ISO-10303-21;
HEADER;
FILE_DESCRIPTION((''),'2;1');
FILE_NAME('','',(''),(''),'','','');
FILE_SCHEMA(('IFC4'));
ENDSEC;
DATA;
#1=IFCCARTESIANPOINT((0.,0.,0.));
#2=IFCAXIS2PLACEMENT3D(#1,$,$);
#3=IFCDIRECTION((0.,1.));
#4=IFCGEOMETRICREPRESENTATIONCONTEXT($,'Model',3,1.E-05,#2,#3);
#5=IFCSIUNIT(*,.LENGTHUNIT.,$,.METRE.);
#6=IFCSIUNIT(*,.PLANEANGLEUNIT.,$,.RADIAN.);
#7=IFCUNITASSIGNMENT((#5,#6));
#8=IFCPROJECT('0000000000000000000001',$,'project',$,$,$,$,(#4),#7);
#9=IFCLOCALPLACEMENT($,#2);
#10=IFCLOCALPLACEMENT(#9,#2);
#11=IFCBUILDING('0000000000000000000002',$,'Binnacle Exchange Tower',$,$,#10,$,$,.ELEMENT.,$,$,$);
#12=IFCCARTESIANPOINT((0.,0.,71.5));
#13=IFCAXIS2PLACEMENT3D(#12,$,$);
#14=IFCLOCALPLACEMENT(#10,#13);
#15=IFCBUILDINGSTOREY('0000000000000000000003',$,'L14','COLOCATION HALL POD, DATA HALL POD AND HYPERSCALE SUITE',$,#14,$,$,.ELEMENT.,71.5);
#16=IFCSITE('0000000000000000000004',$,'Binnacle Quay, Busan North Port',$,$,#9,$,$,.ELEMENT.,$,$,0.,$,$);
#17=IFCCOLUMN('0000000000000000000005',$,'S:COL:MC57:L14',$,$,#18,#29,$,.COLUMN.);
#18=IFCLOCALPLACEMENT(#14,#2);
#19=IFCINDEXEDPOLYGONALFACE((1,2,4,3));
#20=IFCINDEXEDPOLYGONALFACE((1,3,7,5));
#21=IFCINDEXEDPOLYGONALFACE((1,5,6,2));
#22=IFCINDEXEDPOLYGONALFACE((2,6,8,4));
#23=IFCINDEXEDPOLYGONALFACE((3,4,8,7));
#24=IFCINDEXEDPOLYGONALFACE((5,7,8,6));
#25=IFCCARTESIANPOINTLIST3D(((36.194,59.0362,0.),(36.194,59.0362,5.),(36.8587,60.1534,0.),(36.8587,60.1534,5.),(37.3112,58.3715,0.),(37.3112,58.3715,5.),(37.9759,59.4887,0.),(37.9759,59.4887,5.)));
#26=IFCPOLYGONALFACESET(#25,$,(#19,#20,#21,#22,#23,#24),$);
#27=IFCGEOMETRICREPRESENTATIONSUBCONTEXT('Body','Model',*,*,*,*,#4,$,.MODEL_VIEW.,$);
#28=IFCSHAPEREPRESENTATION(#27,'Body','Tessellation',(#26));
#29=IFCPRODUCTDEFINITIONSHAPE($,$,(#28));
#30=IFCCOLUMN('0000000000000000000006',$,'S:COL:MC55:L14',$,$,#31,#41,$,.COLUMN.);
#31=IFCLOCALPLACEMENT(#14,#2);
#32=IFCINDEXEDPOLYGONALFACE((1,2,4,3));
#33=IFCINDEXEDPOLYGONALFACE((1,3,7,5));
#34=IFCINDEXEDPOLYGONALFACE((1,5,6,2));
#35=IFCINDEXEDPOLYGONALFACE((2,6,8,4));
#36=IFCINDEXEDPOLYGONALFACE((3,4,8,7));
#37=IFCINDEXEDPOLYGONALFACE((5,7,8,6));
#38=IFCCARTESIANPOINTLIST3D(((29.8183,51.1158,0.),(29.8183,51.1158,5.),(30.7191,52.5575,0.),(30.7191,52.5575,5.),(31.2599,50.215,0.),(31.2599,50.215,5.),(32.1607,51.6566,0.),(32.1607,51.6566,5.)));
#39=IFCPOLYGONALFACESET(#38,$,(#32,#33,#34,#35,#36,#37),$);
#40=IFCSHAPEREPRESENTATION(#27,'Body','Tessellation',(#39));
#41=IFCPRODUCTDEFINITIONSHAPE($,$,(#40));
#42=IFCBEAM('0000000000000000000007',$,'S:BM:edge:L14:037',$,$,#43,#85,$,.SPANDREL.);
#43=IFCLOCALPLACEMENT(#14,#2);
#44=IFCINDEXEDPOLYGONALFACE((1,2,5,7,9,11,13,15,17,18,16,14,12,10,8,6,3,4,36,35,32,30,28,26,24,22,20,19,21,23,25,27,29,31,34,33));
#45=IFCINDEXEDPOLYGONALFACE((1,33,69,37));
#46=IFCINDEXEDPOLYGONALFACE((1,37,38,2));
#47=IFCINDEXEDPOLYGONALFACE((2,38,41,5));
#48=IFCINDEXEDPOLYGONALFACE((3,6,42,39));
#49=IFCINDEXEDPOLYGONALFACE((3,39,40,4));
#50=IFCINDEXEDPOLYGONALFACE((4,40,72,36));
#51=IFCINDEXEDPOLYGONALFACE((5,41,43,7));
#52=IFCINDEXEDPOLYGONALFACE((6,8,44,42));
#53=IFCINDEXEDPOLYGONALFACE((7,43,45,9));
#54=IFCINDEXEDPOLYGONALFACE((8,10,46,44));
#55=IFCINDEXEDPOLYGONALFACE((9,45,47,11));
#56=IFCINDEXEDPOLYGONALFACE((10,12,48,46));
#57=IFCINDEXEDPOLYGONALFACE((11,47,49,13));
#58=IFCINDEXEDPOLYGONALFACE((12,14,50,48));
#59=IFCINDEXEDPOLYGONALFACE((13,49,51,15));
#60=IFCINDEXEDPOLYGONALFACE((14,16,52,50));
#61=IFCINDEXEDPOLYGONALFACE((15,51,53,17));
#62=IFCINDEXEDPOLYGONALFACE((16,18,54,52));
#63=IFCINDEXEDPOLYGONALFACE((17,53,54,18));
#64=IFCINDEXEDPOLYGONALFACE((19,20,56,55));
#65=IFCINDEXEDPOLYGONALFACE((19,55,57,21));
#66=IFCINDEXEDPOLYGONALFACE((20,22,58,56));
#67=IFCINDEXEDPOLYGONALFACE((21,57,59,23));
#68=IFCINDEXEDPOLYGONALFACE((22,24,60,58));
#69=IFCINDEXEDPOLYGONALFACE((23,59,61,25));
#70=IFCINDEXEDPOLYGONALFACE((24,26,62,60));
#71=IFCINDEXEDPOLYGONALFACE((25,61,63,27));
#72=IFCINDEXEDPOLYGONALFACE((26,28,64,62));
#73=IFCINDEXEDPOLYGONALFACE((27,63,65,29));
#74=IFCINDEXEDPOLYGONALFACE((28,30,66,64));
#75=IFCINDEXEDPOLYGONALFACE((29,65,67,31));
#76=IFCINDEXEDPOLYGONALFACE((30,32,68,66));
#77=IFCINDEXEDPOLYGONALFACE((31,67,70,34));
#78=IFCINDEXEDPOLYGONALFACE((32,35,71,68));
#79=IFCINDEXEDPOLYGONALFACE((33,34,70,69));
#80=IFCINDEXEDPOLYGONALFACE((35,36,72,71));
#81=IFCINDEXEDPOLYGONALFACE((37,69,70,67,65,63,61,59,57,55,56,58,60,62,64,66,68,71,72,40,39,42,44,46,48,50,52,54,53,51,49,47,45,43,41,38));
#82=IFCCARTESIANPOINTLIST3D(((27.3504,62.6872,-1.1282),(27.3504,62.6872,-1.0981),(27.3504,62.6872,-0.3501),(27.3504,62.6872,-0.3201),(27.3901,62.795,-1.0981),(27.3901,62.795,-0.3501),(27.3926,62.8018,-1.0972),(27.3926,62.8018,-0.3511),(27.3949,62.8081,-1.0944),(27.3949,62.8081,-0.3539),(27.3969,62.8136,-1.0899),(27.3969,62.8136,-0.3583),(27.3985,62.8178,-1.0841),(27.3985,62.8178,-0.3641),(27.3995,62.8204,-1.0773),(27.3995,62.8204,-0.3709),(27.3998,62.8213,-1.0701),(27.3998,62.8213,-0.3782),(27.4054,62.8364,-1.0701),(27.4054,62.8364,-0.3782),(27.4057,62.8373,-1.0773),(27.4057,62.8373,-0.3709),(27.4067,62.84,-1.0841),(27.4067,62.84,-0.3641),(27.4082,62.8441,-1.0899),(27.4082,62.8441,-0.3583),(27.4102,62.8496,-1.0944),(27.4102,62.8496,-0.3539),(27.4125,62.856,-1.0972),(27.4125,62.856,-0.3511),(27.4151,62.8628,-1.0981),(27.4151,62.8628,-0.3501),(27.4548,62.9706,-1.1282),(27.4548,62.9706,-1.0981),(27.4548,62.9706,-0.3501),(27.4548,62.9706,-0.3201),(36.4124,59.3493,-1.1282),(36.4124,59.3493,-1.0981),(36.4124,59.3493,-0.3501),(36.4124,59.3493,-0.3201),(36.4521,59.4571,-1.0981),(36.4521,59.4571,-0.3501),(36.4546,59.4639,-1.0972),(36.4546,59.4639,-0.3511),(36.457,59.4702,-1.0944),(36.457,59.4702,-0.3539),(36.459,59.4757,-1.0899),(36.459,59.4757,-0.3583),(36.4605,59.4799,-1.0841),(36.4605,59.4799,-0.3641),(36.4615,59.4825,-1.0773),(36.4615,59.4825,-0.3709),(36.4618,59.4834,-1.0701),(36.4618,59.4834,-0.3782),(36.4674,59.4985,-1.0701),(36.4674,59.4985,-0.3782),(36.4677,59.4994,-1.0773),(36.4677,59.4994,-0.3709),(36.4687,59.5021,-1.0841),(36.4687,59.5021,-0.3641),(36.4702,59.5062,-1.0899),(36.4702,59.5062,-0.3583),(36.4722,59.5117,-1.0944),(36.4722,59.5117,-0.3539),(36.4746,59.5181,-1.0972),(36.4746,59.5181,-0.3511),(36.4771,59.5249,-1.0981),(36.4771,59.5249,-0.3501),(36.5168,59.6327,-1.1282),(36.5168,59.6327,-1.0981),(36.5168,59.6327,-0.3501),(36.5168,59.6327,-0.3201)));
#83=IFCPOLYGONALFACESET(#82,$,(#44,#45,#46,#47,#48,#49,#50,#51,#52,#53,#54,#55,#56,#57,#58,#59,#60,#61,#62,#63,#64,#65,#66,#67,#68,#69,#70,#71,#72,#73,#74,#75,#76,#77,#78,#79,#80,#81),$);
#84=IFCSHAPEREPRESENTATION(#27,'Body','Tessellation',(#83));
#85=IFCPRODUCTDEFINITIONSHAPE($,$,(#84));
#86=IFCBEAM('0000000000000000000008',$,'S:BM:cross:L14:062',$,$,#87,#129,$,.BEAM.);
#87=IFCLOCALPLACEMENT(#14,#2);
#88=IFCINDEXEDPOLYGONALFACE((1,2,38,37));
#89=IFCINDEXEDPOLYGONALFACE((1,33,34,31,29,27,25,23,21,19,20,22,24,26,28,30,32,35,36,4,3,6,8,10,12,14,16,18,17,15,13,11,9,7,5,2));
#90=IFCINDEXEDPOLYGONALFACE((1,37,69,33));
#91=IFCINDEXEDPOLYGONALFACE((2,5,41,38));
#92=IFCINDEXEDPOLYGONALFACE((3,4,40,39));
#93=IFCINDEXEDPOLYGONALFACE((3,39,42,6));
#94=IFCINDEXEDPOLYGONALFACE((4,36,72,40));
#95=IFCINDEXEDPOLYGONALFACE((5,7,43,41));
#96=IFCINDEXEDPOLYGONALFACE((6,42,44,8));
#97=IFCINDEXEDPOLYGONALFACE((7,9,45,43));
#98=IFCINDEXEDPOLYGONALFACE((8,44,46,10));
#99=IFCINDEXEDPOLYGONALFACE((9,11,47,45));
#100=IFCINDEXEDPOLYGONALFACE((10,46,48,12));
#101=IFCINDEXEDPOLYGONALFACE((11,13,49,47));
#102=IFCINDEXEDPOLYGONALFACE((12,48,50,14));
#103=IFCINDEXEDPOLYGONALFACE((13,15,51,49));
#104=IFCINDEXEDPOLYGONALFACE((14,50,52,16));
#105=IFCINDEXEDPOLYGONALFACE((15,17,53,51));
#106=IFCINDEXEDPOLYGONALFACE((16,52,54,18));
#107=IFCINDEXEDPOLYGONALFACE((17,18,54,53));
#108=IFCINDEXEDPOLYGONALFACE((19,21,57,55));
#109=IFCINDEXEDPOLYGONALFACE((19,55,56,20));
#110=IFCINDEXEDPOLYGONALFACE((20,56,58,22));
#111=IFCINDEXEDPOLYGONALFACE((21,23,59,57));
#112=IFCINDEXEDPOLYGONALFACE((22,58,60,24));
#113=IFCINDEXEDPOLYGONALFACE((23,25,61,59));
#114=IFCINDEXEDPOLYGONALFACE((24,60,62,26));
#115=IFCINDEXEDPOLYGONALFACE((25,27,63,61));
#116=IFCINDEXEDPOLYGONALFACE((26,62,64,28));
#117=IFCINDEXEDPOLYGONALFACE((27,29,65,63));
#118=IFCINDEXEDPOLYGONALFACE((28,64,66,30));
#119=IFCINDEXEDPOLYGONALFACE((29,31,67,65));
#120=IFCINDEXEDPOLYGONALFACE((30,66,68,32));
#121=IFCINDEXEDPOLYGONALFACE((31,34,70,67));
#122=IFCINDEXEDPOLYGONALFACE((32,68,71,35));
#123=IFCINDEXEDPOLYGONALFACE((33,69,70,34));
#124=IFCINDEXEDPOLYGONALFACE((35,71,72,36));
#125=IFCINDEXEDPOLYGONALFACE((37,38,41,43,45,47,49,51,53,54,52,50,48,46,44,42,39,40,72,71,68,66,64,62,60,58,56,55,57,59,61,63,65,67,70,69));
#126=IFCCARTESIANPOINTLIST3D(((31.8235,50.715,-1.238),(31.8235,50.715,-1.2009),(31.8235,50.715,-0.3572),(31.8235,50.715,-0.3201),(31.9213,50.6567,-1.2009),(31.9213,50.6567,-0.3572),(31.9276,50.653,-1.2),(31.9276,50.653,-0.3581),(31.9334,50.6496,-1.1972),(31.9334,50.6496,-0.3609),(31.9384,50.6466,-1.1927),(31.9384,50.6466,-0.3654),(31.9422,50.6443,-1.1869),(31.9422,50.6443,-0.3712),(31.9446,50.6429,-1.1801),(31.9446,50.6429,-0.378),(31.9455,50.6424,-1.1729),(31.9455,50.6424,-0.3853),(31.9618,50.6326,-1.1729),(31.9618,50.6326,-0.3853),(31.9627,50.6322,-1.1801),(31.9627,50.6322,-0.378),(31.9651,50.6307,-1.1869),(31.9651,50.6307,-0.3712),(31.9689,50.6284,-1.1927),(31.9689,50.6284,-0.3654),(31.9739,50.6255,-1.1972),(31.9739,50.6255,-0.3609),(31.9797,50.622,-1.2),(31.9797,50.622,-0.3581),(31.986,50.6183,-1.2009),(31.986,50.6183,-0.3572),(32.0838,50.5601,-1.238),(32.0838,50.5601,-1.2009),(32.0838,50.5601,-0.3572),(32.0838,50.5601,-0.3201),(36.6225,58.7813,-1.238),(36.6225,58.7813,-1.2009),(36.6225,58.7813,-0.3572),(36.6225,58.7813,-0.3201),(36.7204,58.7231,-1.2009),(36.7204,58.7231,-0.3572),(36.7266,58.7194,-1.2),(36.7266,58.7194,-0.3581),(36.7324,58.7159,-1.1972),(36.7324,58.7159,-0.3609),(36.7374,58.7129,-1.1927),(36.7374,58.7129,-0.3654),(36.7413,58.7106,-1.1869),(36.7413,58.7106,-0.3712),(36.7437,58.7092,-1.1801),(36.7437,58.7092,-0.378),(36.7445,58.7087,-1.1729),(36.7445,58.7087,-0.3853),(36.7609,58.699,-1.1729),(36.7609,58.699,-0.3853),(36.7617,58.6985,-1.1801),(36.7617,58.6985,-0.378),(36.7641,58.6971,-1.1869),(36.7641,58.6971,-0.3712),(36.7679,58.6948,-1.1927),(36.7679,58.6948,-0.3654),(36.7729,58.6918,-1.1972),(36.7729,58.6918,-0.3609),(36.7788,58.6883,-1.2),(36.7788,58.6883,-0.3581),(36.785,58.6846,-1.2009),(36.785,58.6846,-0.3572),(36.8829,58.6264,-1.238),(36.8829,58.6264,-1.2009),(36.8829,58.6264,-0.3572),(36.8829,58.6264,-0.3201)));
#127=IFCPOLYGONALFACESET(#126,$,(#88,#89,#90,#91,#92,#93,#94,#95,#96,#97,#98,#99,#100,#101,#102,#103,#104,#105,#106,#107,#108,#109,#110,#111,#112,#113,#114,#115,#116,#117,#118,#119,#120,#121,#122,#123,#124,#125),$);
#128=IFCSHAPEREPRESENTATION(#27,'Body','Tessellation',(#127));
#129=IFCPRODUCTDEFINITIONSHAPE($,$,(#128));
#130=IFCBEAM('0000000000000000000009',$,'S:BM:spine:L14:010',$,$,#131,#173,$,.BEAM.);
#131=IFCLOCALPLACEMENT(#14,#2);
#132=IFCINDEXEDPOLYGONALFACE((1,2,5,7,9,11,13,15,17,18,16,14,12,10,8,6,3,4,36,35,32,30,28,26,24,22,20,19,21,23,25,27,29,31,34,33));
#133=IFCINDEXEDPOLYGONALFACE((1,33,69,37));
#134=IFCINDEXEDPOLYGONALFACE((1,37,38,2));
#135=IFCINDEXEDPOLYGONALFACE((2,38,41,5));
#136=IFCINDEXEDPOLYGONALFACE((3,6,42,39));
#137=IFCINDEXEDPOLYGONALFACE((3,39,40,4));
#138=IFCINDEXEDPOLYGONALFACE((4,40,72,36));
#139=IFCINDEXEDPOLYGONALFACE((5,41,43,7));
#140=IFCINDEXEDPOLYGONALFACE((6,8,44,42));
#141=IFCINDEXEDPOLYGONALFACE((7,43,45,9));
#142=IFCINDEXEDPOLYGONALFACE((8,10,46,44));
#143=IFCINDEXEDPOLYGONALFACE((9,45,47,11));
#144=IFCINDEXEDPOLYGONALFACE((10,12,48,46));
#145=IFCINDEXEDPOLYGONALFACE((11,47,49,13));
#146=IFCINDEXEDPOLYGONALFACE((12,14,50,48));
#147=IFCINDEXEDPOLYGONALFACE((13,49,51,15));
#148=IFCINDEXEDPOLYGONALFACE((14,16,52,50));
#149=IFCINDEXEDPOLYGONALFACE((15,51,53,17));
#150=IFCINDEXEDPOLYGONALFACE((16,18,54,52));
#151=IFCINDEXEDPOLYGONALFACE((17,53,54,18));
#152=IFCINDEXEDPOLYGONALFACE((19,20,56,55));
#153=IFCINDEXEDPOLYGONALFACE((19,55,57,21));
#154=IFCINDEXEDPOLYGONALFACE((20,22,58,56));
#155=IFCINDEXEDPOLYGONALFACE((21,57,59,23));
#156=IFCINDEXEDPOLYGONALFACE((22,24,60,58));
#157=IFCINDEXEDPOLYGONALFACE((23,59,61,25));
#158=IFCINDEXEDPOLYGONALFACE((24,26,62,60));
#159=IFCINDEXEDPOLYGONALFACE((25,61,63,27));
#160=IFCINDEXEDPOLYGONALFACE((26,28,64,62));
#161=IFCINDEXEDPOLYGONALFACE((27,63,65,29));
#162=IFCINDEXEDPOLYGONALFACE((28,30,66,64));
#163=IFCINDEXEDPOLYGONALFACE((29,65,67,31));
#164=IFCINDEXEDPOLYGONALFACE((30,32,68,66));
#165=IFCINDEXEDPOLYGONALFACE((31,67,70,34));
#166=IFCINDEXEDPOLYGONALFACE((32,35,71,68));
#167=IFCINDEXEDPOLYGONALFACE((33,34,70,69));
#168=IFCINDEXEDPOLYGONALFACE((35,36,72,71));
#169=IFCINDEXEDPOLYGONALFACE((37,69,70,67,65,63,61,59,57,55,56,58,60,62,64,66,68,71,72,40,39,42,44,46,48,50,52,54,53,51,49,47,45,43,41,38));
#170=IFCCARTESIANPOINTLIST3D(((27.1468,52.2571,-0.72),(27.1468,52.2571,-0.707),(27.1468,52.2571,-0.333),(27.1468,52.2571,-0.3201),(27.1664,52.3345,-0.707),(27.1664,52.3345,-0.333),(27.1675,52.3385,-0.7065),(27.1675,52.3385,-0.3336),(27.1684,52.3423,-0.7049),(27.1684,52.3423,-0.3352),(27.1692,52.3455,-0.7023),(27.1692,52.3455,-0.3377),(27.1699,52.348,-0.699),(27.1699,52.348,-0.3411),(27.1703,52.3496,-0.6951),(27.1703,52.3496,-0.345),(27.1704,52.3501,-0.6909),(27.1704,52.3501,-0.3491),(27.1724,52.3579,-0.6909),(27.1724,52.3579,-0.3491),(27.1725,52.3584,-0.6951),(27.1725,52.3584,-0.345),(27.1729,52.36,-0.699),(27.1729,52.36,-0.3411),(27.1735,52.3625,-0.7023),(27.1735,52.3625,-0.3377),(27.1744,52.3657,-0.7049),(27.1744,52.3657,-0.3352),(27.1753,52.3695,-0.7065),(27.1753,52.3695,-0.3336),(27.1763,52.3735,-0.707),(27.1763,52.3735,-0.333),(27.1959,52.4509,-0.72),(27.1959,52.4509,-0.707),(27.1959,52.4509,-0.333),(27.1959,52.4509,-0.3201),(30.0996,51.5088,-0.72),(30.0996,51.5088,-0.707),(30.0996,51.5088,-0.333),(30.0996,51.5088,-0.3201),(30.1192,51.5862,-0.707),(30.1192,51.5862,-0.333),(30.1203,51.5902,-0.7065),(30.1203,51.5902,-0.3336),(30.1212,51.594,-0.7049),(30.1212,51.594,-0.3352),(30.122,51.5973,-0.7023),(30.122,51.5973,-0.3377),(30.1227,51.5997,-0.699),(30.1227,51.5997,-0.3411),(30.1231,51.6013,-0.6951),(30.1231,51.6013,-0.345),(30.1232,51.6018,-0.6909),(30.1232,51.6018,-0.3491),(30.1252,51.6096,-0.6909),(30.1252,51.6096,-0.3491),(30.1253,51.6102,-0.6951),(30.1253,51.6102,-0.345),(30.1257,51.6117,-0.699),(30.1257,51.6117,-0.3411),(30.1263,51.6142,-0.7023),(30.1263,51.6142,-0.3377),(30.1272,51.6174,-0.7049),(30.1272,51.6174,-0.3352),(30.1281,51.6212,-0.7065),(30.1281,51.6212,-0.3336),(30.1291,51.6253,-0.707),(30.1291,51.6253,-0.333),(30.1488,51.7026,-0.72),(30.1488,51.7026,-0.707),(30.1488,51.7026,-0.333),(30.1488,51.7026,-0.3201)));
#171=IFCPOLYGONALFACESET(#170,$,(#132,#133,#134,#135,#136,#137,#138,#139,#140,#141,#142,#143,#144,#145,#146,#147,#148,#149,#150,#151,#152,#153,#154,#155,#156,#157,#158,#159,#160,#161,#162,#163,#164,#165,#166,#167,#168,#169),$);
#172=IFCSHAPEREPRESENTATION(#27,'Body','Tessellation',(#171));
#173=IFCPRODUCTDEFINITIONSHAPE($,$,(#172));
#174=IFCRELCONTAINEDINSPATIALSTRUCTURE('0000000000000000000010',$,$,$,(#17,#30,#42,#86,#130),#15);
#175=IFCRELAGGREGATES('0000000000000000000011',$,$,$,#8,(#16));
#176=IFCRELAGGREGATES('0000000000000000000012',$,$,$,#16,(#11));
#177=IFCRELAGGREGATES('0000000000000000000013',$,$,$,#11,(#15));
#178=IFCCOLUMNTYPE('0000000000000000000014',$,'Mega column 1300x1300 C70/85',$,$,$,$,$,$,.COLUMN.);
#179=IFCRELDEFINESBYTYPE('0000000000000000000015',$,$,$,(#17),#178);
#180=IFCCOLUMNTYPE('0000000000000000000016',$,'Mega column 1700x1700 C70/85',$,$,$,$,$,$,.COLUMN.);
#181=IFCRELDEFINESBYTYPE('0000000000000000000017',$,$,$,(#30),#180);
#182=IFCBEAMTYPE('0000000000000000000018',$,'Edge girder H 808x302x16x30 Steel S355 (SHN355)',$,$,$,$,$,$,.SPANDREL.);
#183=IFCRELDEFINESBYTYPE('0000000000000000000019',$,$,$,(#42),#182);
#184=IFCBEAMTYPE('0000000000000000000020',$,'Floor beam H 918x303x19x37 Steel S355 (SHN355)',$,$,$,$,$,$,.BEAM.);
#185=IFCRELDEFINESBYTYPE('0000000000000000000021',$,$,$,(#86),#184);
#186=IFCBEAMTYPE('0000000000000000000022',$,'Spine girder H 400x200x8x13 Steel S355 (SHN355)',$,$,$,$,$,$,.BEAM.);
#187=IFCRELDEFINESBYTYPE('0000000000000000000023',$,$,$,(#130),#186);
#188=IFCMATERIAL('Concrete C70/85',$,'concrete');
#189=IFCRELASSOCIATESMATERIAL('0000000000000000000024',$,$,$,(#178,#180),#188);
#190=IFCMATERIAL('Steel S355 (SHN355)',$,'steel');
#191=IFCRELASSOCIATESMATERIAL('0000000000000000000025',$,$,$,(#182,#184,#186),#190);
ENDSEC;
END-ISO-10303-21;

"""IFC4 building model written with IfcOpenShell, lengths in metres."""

from ifc_helpers import new_model, si_unit, direction, frame, origin, origin_2d, place, context, subcontext, project, spatial, rectangle, i_section, extrude, material, material_profile, profile_set, type_object, element, save


model = new_model("IFC4")

# Units and contexts
model_context = context("Model", 3, precision=1e-05, world=origin(), true_north=direction((0.0, 1.0)))
body_context = subcontext(model_context, "Body", "Model", "MODEL_VIEW")
ifc_project = project(units=[si_unit("LENGTHUNIT", "METRE"), si_unit("PLANEANGLEUNIT", "RADIAN")], contexts=[model_context])

# Site, building, storey
site_placement = place(None, origin())
site = spatial("IfcSite", under=ifc_project, at=site_placement, Name="Binnacle Quay, Busan North Port", CompositionType="ELEMENT", RefElevation=0.0)
building_placement = place(site_placement, origin())
building = spatial("IfcBuilding", under=site, at=building_placement, Name="Binnacle Exchange Tower", CompositionType="ELEMENT")
storey_placement = place(building_placement, frame((0.0, 0.0, 71.5)))
storey = spatial("IfcBuildingStorey", under=building, at=storey_placement, Name="L14", Description="COLOCATION HALL POD, DATA HALL POD AND HYPERSCALE SUITE", CompositionType="ELEMENT", Elevation=71.5)

# Columns
ifc_material_1 = material(Name="Concrete C70/85", Category="concrete")
ifc_material_profile_1 = material_profile(ifc_material_1, rectangle(XDim=1.3, YDim=1.3, at=origin_2d()), Name="Mega column 1300x1300 C70/85")
ifc_profile_set_1 = profile_set([ifc_material_profile_1], Name="Concrete C70/85")
column_type_1 = type_object("IfcColumnType", Name="Mega column 1300x1300 C70/85", PredefinedType="COLUMN", material=ifc_profile_set_1)
column_1_placement = place(storey_placement, frame((37.085, 59.2625, 0.0), z_axis=(0.0, 0.0, 1.0), x_axis=(-0.859406, 0.511293, 0.0)))
element("IfcColumn", 1, at=column_1_placement, inside=storey, type_object=column_type_1, Name="S:COL:MC57:L14", PredefinedType="COLUMN", context=body_context, shape_type="SweptSolid", body=[
    extrude(rectangle(XDim=1.3, YDim=1.3, at=origin_2d()), origin(), (0.0, 0.0, 1.0), 5.0),
])
ifc_material_profile_2 = material_profile(ifc_material_1, rectangle(XDim=1.7, YDim=1.7, at=origin_2d()), Name="Mega column 1700x1700 C70/85")
ifc_profile_set_2 = profile_set([ifc_material_profile_2], Name="Concrete C70/85")
column_type_2 = type_object("IfcColumnType", Name="Mega column 1700x1700 C70/85", PredefinedType="COLUMN", material=ifc_profile_set_2)
column_2_placement = place(storey_placement, frame((30.9895, 51.3862, 0.0), z_axis=(0.0, 0.0, 1.0), x_axis=(0.529919, 0.848048, 0.0)))
element("IfcColumn", 2, at=column_2_placement, inside=storey, type_object=column_type_2, Name="S:COL:MC55:L14", PredefinedType="COLUMN", context=body_context, shape_type="SweptSolid", body=[
    extrude(rectangle(XDim=1.7, YDim=1.7, at=origin_2d()), origin(), (0.0, 0.0, 1.0), 5.0),
])

# Beams
ifc_material_2 = material(Name="Steel S355 (SHN355)", Category="steel")
ifc_material_profile_3 = material_profile(ifc_material_2, i_section(OverallWidth=0.302, OverallDepth=0.8081, WebThickness=0.0161, FlangeThickness=0.03, FilletRadius=0.0281, at=origin_2d()), Name="H 808x302x16x30")
ifc_profile_set_3 = profile_set([ifc_material_profile_3], Name="Steel S355 (SHN355)")
beam_type_1 = type_object("IfcBeamType", Name="Edge girder H 808x302x16x30 Steel S355 (SHN355)", PredefinedType="SPANDREL", material=ifc_profile_set_3)
beam_1_placement = place(storey_placement, frame((36.4646, 59.491, -0.7241), z_axis=(-0.938368, 0.345637, 0.0), x_axis=(-0.345637, -0.938368, 0.0)))
element("IfcBeam", 3, at=beam_1_placement, inside=storey, type_object=beam_type_1, Name="S:BM:edge:L14:037", PredefinedType="SPANDREL", context=body_context, shape_type="SweptSolid", body=[
    extrude(i_section(OverallWidth=0.302, OverallDepth=0.8081, WebThickness=0.0161, FlangeThickness=0.03, FilletRadius=0.0281, at=origin_2d()), origin(), (0.0, 0.0, 1.0), 9.6572),
])
ifc_material_profile_4 = material_profile(ifc_material_2, i_section(OverallWidth=0.303, OverallDepth=0.918, WebThickness=0.019, FlangeThickness=0.0371, FilletRadius=0.0281, at=origin_2d()), Name="H 918x303x19x37")
ifc_profile_set_4 = profile_set([ifc_material_profile_4], Name="Steel S355 (SHN355)")
beam_type_2 = type_object("IfcBeamType", Name="Floor beam H 918x303x19x37 Steel S355 (SHN355)", PredefinedType="BEAM", material=ifc_profile_set_4)
beam_2_placement = place(storey_placement, frame((36.7527, 58.7039, -0.7791), z_axis=(-0.511298, -0.859403, 0.0), x_axis=(0.859403, -0.511298, 0.0)))
element("IfcBeam", 4, at=beam_2_placement, inside=storey, type_object=beam_type_2, Name="S:BM:cross:L14:062", PredefinedType="BEAM", context=body_context, shape_type="SweptSolid", body=[
    extrude(i_section(OverallWidth=0.303, OverallDepth=0.918, WebThickness=0.019, FlangeThickness=0.0371, FilletRadius=0.0281, at=origin_2d()), origin(), (0.0, 0.0, 1.0), 9.386),
])
ifc_material_profile_5 = material_profile(ifc_material_2, i_section(OverallWidth=0.2, OverallDepth=0.3999, WebThickness=0.0081, FlangeThickness=0.0129, FilletRadius=0.0161, at=origin_2d()), Name="H 400x200x8x13")
ifc_profile_set_5 = profile_set([ifc_material_profile_5], Name="Steel S355 (SHN355)")
beam_type_3 = type_object("IfcBeamType", Name="Spine girder H 400x200x8x13 Steel S355 (SHN355)", PredefinedType="BEAM", material=ifc_profile_set_5)
beam_3_placement = place(storey_placement, frame((27.1714, 52.354, -0.52), z_axis=(0.96936, -0.245646, 0.0), x_axis=(0.245646, 0.96936, 0.0)))
element("IfcBeam", 5, at=beam_3_placement, inside=storey, type_object=beam_type_3, Name="S:BM:spine:L14:010", PredefinedType="BEAM", context=body_context, shape_type="SweptSolid", body=[
    extrude(i_section(OverallWidth=0.2, OverallDepth=0.3999, WebThickness=0.0081, FlangeThickness=0.0129, FilletRadius=0.0161, at=origin_2d()), origin(), (0.0, 0.0, 1.0), 3.0461),
])

save(model, "model.ifc")
